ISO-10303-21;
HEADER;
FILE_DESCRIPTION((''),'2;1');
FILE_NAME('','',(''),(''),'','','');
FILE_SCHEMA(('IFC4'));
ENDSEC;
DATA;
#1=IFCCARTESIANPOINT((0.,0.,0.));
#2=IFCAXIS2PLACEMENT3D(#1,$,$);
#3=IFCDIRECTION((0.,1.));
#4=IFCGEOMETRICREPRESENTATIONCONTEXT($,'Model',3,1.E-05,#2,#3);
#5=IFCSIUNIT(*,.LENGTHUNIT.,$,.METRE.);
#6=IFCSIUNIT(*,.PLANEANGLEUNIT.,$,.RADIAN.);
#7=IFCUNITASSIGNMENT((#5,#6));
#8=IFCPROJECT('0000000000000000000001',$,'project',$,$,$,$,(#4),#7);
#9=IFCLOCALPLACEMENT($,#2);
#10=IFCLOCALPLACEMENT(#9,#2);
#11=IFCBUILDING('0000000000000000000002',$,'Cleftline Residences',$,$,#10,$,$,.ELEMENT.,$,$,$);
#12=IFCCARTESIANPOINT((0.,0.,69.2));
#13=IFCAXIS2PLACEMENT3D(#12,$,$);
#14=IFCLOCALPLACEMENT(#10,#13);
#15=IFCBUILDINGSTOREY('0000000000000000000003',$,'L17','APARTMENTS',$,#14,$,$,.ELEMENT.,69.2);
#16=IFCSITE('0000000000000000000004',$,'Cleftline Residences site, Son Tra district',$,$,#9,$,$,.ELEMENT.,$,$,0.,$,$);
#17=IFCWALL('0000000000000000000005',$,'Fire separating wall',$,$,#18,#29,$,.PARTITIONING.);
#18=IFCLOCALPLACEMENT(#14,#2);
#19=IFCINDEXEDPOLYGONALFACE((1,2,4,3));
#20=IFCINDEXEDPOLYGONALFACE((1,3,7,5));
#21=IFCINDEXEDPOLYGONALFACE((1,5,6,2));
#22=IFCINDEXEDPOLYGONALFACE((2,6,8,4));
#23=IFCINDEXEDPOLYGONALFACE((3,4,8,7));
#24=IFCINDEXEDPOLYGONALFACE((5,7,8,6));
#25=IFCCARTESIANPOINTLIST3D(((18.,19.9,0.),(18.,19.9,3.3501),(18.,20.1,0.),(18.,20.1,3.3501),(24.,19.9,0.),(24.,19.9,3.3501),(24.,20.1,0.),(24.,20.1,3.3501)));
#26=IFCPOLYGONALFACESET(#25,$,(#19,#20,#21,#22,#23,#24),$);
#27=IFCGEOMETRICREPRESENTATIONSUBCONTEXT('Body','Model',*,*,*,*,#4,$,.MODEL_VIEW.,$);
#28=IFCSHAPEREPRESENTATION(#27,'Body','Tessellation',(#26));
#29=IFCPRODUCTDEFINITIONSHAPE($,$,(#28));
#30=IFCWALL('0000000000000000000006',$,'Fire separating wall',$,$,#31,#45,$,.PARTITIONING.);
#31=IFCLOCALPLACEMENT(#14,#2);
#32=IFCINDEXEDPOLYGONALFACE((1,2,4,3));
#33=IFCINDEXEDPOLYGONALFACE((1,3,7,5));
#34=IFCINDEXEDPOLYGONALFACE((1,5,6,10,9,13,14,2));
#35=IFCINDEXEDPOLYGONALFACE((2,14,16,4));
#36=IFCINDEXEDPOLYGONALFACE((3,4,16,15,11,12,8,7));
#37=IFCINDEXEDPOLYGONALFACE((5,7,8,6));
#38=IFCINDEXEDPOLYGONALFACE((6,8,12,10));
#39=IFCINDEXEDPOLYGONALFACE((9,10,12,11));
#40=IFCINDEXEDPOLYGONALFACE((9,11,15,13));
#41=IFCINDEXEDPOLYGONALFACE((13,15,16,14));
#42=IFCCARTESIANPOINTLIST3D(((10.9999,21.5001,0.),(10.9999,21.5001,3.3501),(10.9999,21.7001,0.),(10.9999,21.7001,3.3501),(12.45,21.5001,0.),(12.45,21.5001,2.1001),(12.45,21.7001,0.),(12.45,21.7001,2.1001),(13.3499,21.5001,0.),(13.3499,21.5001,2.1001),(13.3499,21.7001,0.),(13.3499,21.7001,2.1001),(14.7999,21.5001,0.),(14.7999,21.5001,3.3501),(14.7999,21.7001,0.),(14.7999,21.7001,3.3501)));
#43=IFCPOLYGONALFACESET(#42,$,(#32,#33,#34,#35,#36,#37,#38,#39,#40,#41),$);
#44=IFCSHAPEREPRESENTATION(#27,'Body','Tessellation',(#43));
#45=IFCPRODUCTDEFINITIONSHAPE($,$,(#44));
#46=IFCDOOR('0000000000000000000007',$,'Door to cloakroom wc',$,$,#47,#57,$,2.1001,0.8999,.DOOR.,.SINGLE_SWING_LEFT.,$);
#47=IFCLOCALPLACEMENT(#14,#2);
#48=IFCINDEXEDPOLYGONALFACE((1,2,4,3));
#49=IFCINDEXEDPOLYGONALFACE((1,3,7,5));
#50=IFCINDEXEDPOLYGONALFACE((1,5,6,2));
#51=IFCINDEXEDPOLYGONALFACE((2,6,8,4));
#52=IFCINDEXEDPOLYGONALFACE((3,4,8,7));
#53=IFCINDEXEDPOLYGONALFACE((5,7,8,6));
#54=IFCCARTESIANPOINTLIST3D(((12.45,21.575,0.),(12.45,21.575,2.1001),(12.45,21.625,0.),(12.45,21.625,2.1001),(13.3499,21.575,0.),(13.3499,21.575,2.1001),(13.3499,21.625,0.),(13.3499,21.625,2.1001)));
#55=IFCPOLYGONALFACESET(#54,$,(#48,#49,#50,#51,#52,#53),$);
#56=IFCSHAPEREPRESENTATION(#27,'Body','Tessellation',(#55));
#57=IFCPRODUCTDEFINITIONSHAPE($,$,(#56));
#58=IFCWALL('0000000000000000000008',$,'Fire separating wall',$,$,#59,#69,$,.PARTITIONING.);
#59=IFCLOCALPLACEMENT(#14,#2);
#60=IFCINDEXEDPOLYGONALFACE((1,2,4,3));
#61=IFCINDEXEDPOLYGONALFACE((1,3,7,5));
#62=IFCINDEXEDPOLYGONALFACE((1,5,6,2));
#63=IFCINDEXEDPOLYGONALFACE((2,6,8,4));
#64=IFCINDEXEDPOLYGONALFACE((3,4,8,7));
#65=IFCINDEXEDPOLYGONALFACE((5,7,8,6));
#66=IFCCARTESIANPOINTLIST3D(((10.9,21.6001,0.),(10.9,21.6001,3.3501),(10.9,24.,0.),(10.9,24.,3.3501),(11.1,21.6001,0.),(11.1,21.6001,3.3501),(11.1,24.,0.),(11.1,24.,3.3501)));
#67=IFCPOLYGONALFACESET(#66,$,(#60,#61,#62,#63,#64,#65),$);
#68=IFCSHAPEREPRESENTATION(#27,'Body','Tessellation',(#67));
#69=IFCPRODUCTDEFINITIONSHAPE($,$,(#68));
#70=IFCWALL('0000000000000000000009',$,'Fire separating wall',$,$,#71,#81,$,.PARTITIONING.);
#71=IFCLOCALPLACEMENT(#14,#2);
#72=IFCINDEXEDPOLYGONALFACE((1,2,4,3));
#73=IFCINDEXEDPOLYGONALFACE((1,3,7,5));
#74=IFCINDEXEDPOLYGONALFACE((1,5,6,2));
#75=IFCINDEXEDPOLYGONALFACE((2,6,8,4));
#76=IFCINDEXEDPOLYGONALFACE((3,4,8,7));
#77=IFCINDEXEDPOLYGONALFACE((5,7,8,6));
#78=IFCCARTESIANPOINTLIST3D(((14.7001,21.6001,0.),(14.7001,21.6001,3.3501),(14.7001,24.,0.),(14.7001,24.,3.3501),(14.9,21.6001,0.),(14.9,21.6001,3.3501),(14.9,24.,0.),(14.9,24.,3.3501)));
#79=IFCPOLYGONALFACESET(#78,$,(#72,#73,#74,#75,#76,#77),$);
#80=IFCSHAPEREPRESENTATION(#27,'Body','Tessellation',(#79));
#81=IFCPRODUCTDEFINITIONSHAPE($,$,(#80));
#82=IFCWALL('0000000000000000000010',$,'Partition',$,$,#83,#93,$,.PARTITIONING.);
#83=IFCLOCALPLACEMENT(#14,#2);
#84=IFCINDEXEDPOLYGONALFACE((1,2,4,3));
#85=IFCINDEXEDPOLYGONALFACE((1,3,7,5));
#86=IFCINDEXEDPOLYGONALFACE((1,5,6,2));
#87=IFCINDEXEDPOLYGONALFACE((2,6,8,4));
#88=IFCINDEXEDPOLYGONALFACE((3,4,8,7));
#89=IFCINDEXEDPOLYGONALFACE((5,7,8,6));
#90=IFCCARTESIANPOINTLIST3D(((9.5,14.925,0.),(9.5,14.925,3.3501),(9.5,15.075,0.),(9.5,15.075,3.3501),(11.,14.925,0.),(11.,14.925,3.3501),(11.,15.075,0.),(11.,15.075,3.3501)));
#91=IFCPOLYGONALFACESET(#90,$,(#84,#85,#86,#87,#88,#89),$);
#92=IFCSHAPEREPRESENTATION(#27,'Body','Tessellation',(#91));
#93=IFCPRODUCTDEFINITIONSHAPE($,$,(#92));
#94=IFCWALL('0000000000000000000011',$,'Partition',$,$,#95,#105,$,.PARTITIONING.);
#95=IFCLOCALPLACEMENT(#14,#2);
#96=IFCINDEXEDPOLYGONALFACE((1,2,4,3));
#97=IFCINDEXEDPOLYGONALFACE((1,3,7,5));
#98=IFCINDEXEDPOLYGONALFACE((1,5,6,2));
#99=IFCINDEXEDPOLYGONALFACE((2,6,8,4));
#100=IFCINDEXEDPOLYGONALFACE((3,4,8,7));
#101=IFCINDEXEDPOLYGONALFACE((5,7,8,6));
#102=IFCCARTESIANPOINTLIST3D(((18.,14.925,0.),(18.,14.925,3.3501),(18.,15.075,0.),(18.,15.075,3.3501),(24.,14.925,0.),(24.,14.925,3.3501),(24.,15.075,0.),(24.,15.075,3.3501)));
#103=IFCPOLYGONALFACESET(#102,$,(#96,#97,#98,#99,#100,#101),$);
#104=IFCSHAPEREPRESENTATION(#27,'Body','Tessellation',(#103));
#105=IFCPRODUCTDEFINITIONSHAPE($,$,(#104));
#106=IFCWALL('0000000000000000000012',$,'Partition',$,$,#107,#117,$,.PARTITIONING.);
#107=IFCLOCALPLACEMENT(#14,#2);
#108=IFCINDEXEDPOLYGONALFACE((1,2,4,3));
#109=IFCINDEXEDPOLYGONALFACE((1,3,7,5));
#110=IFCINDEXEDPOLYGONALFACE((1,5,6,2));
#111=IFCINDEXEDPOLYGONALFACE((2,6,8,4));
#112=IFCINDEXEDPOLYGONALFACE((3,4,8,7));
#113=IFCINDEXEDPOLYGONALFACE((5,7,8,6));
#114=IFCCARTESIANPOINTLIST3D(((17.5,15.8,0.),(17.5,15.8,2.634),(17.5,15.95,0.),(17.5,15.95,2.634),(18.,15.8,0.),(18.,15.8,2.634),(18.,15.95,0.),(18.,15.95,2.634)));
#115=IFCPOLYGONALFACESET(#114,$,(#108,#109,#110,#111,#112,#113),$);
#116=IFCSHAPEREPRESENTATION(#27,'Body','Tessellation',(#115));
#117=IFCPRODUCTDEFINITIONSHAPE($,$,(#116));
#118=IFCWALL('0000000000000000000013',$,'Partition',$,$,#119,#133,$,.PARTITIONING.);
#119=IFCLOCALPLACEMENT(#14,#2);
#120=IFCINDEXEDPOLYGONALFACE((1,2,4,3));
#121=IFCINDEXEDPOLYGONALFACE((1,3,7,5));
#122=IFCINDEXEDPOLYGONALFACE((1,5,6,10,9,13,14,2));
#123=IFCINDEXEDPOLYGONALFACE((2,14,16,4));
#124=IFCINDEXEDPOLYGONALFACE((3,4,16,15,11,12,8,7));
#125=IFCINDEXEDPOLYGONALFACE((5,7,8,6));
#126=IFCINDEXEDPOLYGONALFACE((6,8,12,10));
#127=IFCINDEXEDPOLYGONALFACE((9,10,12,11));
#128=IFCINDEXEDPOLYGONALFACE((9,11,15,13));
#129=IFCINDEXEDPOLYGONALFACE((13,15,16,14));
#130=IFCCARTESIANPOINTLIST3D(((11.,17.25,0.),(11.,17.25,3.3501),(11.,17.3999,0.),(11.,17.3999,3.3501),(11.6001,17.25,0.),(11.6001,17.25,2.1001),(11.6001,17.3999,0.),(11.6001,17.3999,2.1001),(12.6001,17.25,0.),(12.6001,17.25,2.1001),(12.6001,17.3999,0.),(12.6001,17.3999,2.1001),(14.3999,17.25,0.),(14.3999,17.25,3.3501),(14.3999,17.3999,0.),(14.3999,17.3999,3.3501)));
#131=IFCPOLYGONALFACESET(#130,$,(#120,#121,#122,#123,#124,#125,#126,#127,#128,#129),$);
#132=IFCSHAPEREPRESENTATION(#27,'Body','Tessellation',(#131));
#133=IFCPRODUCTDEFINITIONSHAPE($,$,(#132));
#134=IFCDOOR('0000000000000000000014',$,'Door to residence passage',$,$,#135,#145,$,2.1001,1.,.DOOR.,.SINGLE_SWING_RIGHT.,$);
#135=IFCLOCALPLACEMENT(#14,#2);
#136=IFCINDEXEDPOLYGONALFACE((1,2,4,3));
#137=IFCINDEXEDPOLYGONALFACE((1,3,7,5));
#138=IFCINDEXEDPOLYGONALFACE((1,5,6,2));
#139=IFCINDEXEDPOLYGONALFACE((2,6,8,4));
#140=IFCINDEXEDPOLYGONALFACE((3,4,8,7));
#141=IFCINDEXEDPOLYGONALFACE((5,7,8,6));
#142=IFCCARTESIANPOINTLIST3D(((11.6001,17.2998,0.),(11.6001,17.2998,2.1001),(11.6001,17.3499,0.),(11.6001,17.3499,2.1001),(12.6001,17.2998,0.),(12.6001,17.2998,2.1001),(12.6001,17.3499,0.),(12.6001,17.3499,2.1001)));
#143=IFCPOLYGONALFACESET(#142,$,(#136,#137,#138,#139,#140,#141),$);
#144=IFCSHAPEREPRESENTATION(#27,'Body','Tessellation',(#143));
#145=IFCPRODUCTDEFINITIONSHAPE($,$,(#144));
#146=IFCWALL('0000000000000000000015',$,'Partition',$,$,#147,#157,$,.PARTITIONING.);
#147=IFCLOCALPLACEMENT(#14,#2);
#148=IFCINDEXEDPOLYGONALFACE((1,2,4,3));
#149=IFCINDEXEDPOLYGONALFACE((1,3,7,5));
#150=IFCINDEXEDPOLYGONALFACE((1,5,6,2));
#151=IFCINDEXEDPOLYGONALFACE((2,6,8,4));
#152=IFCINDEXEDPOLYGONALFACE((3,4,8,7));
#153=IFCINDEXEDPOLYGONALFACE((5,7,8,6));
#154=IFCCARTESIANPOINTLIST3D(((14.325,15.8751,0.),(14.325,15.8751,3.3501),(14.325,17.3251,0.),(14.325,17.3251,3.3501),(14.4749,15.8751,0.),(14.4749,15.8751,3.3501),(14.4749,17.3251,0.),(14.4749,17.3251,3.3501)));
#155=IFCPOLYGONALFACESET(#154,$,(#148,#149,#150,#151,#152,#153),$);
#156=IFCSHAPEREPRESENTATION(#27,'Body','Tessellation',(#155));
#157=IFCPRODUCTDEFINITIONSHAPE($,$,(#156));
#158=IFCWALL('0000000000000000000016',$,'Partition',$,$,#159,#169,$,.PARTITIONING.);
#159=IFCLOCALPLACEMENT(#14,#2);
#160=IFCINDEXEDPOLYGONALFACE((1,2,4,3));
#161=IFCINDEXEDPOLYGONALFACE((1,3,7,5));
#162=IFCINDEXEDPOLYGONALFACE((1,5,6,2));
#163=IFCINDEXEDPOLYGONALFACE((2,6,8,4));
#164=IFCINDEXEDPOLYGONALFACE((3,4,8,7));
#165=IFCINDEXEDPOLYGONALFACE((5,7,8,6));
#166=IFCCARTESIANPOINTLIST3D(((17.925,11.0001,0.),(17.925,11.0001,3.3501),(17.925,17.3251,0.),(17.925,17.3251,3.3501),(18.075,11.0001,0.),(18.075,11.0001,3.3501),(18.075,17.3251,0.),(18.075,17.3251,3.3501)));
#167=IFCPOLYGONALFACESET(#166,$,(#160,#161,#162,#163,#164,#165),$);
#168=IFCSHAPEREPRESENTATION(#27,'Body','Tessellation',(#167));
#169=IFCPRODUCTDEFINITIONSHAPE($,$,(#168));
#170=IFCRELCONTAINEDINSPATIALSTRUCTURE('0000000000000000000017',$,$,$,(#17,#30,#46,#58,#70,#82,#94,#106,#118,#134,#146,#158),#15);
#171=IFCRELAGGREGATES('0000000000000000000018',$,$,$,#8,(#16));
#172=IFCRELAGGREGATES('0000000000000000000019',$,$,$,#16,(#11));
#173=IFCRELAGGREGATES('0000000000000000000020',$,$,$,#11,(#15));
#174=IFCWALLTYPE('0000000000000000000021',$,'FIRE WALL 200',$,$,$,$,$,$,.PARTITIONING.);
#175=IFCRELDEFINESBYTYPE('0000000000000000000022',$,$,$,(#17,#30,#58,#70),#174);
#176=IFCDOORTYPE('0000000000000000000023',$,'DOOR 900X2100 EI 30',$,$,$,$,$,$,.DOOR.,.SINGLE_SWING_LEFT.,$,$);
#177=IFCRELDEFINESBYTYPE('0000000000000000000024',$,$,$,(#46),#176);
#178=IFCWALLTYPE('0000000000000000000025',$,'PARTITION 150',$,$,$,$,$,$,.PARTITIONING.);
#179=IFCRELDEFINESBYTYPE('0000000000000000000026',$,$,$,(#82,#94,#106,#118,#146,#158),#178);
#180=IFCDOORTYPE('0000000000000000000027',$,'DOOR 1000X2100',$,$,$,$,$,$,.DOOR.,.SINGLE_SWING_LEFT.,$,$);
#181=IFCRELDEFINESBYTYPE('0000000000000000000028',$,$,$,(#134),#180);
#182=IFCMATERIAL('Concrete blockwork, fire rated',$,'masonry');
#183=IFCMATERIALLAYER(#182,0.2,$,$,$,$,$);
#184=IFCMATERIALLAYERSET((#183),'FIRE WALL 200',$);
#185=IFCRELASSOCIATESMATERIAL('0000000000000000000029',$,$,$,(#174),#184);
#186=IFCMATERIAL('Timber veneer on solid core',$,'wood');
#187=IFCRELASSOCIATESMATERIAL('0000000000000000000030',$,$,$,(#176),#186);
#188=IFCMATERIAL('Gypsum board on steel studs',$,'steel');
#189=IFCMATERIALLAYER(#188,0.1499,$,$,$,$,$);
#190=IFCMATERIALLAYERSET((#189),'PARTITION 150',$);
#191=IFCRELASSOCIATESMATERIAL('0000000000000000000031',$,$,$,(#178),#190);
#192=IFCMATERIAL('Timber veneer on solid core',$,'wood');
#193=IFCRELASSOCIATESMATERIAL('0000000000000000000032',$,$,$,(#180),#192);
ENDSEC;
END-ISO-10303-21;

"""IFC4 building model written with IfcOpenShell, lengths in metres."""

from ifc_helpers import new_model, si_unit, direction, frame, frame_2d, origin, place, context, subcontext, project, spatial, rectangle, extrude, material, layer, layer_set, type_object, element, fill, save


model = new_model("IFC4")

# Units and contexts
model_context = context("Model", 3, precision=1e-05, world=origin(), true_north=direction((0.0, 1.0)))
body_context = subcontext(model_context, "Body", "Model", "MODEL_VIEW")
ifc_project = project(units=[si_unit("LENGTHUNIT", "METRE"), si_unit("PLANEANGLEUNIT", "RADIAN")], contexts=[model_context])

# Site, building, storey
site_placement = place(None, origin())
site = spatial("IfcSite", under=ifc_project, at=site_placement, Name="Cleftline Residences site, Son Tra district", CompositionType="ELEMENT", RefElevation=0.0)
building_placement = place(site_placement, origin())
building = spatial("IfcBuilding", under=site, at=building_placement, Name="Cleftline Residences", CompositionType="ELEMENT")
storey_placement = place(building_placement, frame((0.0, 0.0, 69.2)))
storey = spatial("IfcBuildingStorey", under=building, at=storey_placement, Name="L17", Description="APARTMENTS", CompositionType="ELEMENT", Elevation=69.2)

# Wall
ifc_material_1 = material(Name="Concrete blockwork, fire rated", Category="masonry")
ifc_layer_1 = layer(ifc_material_1, 0.2)
ifc_layer_set_1 = layer_set([ifc_layer_1], Name="FIRE WALL 200")
wall_type_1 = type_object("IfcWallType", Name="FIRE WALL 200", PredefinedType="PARTITIONING", material=ifc_layer_set_1)
wall_1_placement = place(storey_placement, frame((18.0, 20.0, 0.0), z_axis=(0.0, 0.0, 1.0), x_axis=(1.0, 0.0, 0.0)))
element("IfcWall", 1, at=wall_1_placement, inside=storey, type_object=wall_type_1, Name="Fire separating wall", PredefinedType="PARTITIONING", context=body_context, shape_type="SweptSolid", body=[
    extrude(rectangle(XDim=6.0, YDim=0.2, at=frame_2d((3.0, 0.0))), origin(), (0.0, 0.0, 1.0), 3.3501),
])

# Wall, opening, door
wall_2_placement = place(storey_placement, frame((11.0, 21.6001, 0.0), z_axis=(0.0, 0.0, 1.0), x_axis=(1.0, 0.0, 0.0)))
wall_2 = element("IfcWall", 2, at=wall_2_placement, inside=storey, type_object=wall_type_1, Name="Fire separating wall", PredefinedType="PARTITIONING", context=body_context, shape_type="SweptSolid", body=[
    extrude(rectangle(XDim=3.8, YDim=0.2, at=frame_2d((1.8999, 0.0))), origin(), (0.0, 0.0, 1.0), 3.3501),
])
opening_1_placement = place(wall_2_placement, frame((1.45, 0.0, 0.0)))
opening_1 = element("IfcOpeningElement", 3, at=opening_1_placement, cuts=wall_2, PredefinedType="OPENING", context=body_context, shape_type="SweptSolid", body=[
    extrude(rectangle(XDim=0.8999, YDim=2.1001, at=frame_2d((0.45, 1.05))), frame((0.0, 0.1099, 0.0), z_axis=(0.0, -1.0, 0.0), x_axis=(1.0, 0.0, 0.0)), (0.0, 0.0, 1.0), 0.22),
])
ifc_material_2 = material(Name="Timber veneer on solid core", Category="wood")
door_type_1 = type_object("IfcDoorType", Name="DOOR 900X2100 EI 30", OperationType="SINGLE_SWING_LEFT", PredefinedType="DOOR", material=ifc_material_2)
door_1_placement = place(opening_1_placement, origin())
door_1 = element("IfcDoor", 4, at=door_1_placement, inside=storey, type_object=door_type_1, Name="Door to cloakroom wc", OperationType="SINGLE_SWING_LEFT", OverallHeight=2.1001, OverallWidth=0.8999, PredefinedType="DOOR", context=body_context, shape_type="SweptSolid", body=[
    extrude(rectangle(XDim=0.8999, YDim=2.1001, at=frame_2d((0.45, 1.05))), frame((0.0, 0.0249, 0.0), z_axis=(0.0, -1.0, 0.0), x_axis=(1.0, 0.0, 0.0)), (0.0, 0.0, 1.0), 0.05),
])
fill(opening_1, door_1)

# Walls
for number, where, z_axis, x_axis, name in (
    (5, (11.0, 21.6001, 0.0), (0.0, 0.0, 1.0), (0.0, 1.0, 0.0), "Fire separating wall"),
    (6, (14.8, 21.6001, 0.0), (0.0, 0.0, 1.0), (0.0, 1.0, 0.0), "Fire separating wall"),
):
    element("IfcWall", number, at=place(storey_placement, frame(where, z_axis=z_axis, x_axis=x_axis)), inside=storey, type_object=wall_type_1, Name=name, PredefinedType="PARTITIONING", context=body_context, shape_type="SweptSolid", body=[
        extrude(rectangle(XDim=2.3999, YDim=0.2, at=frame_2d((1.2, 0.0))), origin(), (0.0, 0.0, 1.0), 3.3501),
    ])

# Walls
ifc_material_3 = material(Name="Gypsum board on steel studs", Category="steel")
ifc_layer_2 = layer(ifc_material_3, 0.1499)
ifc_layer_set_2 = layer_set([ifc_layer_2], Name="PARTITION 150")
wall_type_2 = type_object("IfcWallType", Name="PARTITION 150", PredefinedType="PARTITIONING", material=ifc_layer_set_2)
wall_3_placement = place(storey_placement, frame((9.5, 15.0, 0.0), z_axis=(0.0, 0.0, 1.0), x_axis=(1.0, 0.0, 0.0)))
element("IfcWall", 7, at=wall_3_placement, inside=storey, type_object=wall_type_2, Name="Partition", PredefinedType="PARTITIONING", context=body_context, shape_type="SweptSolid", body=[
    extrude(rectangle(XDim=1.5, YDim=0.1499, at=frame_2d((0.75, 0.0))), origin(), (0.0, 0.0, 1.0), 3.3501),
])
wall_4_placement = place(storey_placement, frame((18.0, 15.0, 0.0), z_axis=(0.0, 0.0, 1.0), x_axis=(1.0, 0.0, 0.0)))
element("IfcWall", 8, at=wall_4_placement, inside=storey, type_object=wall_type_2, Name="Partition", PredefinedType="PARTITIONING", context=body_context, shape_type="SweptSolid", body=[
    extrude(rectangle(XDim=6.0, YDim=0.1499, at=frame_2d((3.0, 0.0))), origin(), (0.0, 0.0, 1.0), 3.3501),
])
wall_5_placement = place(storey_placement, frame((17.5, 15.875, 0.0), z_axis=(0.0, 0.0, 1.0), x_axis=(1.0, 0.0, 0.0)))
element("IfcWall", 9, at=wall_5_placement, inside=storey, type_object=wall_type_2, Name="Partition", PredefinedType="PARTITIONING", context=body_context, shape_type="SweptSolid", body=[
    extrude(rectangle(XDim=0.5, YDim=0.1499, at=frame_2d((0.25, 0.0))), origin(), (0.0, 0.0, 1.0), 2.634),
])

# Wall, opening, door
wall_6_placement = place(storey_placement, frame((11.0, 17.325, 0.0), z_axis=(0.0, 0.0, 1.0), x_axis=(1.0, 0.0, 0.0)))
wall_6 = element("IfcWall", 10, at=wall_6_placement, inside=storey, type_object=wall_type_2, Name="Partition", PredefinedType="PARTITIONING", context=body_context, shape_type="SweptSolid", body=[
    extrude(rectangle(XDim=3.3999, YDim=0.1499, at=frame_2d((1.7, 0.0))), origin(), (0.0, 0.0, 1.0), 3.3501),
])
opening_2_placement = place(wall_6_placement, frame((0.6001, 0.0, 0.0)))
opening_2 = element("IfcOpeningElement", 11, at=opening_2_placement, cuts=wall_6, PredefinedType="OPENING", context=body_context, shape_type="SweptSolid", body=[
    extrude(rectangle(XDim=1.0, YDim=2.1001, at=frame_2d((0.5, 1.05))), frame((0.0, 0.085, 0.0), z_axis=(0.0, -1.0, 0.0), x_axis=(1.0, 0.0, 0.0)), (0.0, 0.0, 1.0), 0.1699),
])
ifc_material_4 = material(Name="Timber veneer on solid core", Category="wood")
door_type_2 = type_object("IfcDoorType", Name="DOOR 1000X2100", OperationType="SINGLE_SWING_LEFT", PredefinedType="DOOR", material=ifc_material_4)
door_2_placement = place(opening_2_placement, origin())
door_2 = element("IfcDoor", 12, at=door_2_placement, inside=storey, type_object=door_type_2, Name="Door to residence passage", OperationType="SINGLE_SWING_RIGHT", OverallHeight=2.1001, OverallWidth=1.0, PredefinedType="DOOR", context=body_context, shape_type="SweptSolid", body=[
    extrude(rectangle(XDim=1.0, YDim=2.1001, at=frame_2d((0.5, 1.05))), frame((0.0, 0.0249, 0.0), z_axis=(0.0, -1.0, 0.0), x_axis=(1.0, 0.0, 0.0)), (0.0, 0.0, 1.0), 0.05),
])
fill(opening_2, door_2)

# Walls
wall_7_placement = place(storey_placement, frame((14.3999, 15.875, 0.0), z_axis=(0.0, 0.0, 1.0), x_axis=(0.0, 1.0, 0.0)))
element("IfcWall", 13, at=wall_7_placement, inside=storey, type_object=wall_type_2, Name="Partition", PredefinedType="PARTITIONING", context=body_context, shape_type="SweptSolid", body=[
    extrude(rectangle(XDim=1.45, YDim=0.1499, at=frame_2d((0.7251, 0.0))), origin(), (0.0, 0.0, 1.0), 3.3501),
])
wall_8_placement = place(storey_placement, frame((18.0, 11.0, 0.0), z_axis=(0.0, 0.0, 1.0), x_axis=(0.0, 1.0, 0.0)))
element("IfcWall", 14, at=wall_8_placement, inside=storey, type_object=wall_type_2, Name="Partition", PredefinedType="PARTITIONING", context=body_context, shape_type="SweptSolid", body=[
    extrude(rectangle(XDim=6.325, YDim=0.1499, at=frame_2d((3.1626, 0.0))), origin(), (0.0, 0.0, 1.0), 3.3501),
])

save(model, "model.ifc")
